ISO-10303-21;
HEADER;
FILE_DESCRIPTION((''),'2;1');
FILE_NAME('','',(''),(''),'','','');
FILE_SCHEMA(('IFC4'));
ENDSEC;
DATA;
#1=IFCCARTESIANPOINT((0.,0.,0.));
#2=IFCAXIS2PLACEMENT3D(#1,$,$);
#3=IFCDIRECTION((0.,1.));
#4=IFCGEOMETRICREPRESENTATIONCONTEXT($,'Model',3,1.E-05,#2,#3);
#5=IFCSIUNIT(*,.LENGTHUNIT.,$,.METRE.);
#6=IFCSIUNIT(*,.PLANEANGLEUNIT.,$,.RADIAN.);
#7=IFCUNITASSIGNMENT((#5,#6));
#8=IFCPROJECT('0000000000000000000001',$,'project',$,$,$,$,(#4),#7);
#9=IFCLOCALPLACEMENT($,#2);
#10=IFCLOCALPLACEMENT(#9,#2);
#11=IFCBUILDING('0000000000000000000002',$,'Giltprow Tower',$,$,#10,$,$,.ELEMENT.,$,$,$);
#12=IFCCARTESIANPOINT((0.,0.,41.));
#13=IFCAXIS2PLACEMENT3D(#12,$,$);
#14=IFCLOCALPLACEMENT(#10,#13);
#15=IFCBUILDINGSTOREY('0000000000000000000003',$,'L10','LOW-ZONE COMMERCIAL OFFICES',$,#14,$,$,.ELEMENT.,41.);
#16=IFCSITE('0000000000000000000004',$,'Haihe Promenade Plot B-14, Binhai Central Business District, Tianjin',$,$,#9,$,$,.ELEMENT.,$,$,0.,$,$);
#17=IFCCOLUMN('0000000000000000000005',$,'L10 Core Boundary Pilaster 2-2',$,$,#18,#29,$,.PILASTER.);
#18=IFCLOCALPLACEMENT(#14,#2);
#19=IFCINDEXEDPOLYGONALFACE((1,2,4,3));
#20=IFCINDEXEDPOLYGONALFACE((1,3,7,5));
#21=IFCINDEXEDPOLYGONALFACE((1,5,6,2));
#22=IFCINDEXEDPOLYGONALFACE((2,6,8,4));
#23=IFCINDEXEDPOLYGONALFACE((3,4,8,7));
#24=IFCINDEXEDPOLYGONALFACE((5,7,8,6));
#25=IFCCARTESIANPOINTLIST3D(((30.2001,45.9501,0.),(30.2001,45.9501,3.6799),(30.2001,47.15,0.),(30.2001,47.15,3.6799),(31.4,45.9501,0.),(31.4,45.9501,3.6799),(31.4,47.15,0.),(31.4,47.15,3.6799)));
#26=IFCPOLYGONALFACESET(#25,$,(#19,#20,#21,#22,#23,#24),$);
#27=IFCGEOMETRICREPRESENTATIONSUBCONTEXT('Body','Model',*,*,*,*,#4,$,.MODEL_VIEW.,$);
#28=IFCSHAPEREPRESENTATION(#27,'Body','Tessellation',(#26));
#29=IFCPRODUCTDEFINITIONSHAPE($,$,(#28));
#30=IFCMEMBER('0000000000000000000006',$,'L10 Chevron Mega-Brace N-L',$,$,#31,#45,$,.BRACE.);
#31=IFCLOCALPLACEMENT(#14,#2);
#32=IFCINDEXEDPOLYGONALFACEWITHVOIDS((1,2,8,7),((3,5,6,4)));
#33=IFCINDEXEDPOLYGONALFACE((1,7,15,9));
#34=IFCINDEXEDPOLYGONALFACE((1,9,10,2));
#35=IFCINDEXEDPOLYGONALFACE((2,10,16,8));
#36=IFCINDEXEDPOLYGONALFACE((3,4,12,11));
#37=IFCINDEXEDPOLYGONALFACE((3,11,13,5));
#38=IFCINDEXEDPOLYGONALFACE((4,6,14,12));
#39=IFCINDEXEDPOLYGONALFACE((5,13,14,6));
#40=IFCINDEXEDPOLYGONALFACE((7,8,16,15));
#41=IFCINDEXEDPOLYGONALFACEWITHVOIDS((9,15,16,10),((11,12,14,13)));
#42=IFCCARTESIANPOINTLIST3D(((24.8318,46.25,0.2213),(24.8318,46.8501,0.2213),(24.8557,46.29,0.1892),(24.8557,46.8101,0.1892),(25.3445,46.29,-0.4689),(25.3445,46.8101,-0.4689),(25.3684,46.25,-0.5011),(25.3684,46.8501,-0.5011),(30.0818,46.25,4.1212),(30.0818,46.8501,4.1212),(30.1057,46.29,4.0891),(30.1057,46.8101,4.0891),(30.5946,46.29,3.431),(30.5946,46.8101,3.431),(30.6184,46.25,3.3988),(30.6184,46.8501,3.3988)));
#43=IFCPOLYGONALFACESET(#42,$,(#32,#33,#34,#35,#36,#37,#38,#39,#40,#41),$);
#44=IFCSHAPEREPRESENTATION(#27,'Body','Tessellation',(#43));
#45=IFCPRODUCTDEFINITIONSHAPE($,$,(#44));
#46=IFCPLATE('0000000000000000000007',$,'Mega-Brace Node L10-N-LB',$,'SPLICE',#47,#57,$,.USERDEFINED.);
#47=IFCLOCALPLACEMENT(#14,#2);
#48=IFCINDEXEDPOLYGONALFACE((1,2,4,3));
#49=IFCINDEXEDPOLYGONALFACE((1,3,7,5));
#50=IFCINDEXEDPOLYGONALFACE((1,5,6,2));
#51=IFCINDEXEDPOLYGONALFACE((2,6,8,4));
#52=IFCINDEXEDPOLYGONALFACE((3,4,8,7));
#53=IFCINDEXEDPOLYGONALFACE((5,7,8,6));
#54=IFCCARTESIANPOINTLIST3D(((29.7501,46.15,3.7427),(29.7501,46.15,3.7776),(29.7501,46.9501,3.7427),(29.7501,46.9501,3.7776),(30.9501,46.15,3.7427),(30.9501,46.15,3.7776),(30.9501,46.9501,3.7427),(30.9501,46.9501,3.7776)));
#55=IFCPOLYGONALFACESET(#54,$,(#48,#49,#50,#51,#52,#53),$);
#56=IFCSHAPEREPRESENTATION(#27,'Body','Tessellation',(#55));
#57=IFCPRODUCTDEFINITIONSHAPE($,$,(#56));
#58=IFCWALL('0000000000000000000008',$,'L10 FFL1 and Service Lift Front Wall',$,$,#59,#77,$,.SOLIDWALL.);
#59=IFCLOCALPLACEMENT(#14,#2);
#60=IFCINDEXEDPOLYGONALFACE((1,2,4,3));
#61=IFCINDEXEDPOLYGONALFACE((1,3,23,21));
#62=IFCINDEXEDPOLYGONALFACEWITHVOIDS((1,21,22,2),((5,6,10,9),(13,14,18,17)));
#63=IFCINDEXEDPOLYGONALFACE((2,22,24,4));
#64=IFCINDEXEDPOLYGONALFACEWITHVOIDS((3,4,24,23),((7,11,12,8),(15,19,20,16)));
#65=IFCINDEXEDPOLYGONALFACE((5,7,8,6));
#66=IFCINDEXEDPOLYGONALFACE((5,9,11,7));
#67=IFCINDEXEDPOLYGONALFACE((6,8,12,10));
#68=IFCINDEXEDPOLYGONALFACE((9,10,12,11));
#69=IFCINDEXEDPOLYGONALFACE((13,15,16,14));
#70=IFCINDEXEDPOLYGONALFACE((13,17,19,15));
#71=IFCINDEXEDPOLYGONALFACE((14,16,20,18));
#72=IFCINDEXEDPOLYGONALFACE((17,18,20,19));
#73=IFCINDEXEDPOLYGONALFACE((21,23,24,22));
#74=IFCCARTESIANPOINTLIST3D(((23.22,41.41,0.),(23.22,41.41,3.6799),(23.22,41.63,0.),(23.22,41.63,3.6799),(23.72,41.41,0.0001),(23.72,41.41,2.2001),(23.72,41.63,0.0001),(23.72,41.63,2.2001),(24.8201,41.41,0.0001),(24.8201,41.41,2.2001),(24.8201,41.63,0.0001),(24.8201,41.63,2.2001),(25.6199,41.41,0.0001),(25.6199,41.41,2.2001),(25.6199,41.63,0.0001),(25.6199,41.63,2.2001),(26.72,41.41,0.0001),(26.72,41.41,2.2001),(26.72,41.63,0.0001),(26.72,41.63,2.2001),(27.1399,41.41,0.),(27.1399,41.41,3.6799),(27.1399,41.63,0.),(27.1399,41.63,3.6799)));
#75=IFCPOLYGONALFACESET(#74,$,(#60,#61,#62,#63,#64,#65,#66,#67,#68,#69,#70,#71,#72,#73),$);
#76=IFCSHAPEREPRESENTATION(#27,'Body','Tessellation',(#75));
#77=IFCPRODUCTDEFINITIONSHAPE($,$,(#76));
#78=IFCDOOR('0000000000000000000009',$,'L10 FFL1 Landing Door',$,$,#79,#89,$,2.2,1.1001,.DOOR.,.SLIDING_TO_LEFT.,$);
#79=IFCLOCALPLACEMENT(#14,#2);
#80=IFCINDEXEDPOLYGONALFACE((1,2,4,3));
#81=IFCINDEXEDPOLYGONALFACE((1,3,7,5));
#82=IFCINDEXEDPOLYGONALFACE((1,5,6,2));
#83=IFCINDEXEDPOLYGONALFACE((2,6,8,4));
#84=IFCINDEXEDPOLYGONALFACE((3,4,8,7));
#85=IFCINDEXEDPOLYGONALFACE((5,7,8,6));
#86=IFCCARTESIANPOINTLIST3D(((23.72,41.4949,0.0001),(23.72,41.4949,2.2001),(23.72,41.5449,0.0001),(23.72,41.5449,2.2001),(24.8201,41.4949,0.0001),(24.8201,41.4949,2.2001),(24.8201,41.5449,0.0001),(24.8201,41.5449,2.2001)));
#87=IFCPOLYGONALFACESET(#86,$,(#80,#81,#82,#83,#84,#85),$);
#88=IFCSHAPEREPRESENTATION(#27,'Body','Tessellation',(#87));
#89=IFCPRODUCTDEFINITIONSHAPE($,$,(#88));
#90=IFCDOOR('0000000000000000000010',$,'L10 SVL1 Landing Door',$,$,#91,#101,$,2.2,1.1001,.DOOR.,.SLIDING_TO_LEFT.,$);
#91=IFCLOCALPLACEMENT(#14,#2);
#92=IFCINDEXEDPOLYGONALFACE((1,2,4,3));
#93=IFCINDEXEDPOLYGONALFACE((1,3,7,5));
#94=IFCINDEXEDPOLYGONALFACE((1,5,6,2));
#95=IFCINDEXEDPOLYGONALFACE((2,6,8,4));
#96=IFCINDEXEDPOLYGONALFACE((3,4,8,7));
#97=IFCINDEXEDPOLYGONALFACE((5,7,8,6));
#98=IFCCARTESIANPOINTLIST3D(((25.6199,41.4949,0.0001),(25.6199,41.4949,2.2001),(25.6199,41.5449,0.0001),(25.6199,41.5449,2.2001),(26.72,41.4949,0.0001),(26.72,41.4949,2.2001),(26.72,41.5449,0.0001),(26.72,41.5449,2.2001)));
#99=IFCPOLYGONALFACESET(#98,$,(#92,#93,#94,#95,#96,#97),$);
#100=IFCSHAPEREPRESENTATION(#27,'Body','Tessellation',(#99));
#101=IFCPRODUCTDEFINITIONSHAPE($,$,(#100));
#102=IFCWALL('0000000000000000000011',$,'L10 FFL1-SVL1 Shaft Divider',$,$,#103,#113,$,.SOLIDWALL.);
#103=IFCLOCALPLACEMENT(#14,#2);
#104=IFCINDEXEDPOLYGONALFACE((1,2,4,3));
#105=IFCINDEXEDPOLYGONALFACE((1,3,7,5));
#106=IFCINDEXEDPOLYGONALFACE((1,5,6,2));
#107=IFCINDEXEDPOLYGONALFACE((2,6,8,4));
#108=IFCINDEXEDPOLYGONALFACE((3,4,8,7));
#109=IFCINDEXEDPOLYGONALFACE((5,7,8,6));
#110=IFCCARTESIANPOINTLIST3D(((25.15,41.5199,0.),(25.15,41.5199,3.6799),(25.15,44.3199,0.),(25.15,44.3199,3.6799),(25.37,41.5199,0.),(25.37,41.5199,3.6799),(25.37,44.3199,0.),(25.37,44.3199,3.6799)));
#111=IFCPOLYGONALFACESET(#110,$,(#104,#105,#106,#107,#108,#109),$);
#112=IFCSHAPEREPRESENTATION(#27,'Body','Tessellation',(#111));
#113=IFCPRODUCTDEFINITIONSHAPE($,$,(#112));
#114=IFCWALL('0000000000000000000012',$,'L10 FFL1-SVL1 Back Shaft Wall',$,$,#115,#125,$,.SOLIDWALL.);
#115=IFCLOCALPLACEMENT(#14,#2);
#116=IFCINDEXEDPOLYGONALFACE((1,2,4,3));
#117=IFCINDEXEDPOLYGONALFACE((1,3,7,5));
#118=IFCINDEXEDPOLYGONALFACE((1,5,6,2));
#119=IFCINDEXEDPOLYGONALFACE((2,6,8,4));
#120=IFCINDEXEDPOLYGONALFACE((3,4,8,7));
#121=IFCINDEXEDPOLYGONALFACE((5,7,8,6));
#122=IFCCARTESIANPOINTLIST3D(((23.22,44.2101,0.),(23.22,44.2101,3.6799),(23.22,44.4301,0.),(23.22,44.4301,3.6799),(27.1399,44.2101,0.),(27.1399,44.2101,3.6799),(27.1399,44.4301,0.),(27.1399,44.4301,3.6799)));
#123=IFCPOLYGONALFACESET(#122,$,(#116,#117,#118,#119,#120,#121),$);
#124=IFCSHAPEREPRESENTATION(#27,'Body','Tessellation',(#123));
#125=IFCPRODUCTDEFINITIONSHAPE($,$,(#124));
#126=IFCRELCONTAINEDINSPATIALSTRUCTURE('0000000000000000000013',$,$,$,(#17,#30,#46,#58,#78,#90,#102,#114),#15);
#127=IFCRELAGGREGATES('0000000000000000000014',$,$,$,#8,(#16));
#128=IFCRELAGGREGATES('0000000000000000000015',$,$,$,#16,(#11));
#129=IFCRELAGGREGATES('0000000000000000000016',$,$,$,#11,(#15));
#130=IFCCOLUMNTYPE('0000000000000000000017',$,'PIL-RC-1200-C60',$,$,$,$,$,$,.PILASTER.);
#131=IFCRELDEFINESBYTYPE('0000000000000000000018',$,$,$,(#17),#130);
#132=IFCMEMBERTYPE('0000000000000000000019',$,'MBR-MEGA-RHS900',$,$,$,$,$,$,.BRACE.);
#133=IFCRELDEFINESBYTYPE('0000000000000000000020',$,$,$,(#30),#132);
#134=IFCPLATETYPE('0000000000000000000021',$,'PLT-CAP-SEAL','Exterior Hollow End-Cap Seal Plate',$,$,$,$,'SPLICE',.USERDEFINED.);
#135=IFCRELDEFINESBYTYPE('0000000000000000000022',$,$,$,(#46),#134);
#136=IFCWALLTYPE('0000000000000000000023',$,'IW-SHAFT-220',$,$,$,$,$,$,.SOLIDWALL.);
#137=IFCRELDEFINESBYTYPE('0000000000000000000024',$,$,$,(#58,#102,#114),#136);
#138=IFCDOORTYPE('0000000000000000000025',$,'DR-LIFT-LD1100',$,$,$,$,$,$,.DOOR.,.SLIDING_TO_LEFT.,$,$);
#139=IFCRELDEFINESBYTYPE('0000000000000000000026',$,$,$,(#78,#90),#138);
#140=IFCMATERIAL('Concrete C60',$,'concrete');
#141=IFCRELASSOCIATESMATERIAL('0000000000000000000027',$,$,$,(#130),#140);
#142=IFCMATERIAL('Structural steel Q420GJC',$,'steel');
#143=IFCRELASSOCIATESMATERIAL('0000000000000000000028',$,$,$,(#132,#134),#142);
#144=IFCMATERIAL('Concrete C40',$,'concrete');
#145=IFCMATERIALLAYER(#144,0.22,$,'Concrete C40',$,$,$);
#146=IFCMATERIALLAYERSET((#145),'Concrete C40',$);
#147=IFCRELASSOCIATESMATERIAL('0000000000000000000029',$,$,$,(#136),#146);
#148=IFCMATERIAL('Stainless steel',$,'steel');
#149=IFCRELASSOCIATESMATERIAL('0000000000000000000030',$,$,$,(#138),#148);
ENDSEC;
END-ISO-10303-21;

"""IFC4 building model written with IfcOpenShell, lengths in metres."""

from ifc_helpers import new_model, si_unit, direction, frame, frame_2d, origin, origin_2d, place, context, subcontext, project, spatial, rectangle, hollow_rectangle, extrude, source, transform, mapped, material, layer, layer_set, material_profile, profile_set, type_object, element, fill, save


model = new_model("IFC4")

# Units and contexts
model_context = context("Model", 3, precision=1e-05, world=origin(), true_north=direction((0.0, 1.0)))
body_context = subcontext(model_context, "Body", "Model", "MODEL_VIEW")
ifc_project = project(units=[si_unit("LENGTHUNIT", "METRE"), si_unit("PLANEANGLEUNIT", "RADIAN")], contexts=[model_context])

# Site, building, storey
site_placement = place(None, origin())
site = spatial("IfcSite", under=ifc_project, at=site_placement, Name="Haihe Promenade Plot B-14, Binhai Central Business District, Tianjin", CompositionType="ELEMENT", RefElevation=0.0)
building_placement = place(site_placement, origin())
building = spatial("IfcBuilding", under=site, at=building_placement, Name="Giltprow Tower", CompositionType="ELEMENT")
storey_placement = place(building_placement, frame((0.0, 0.0, 41.0)))
storey = spatial("IfcBuildingStorey", under=building, at=storey_placement, Name="L10", Description="LOW-ZONE COMMERCIAL OFFICES", CompositionType="ELEMENT", Elevation=41.0)

# Column
ifc_material_1 = material(Name="Concrete C60", Category="concrete")
ifc_material_profile_1 = material_profile(ifc_material_1, rectangle(XDim=1.2, YDim=1.2, at=origin_2d()), Name="RC 1200x1200")
ifc_profile_set_1 = profile_set([ifc_material_profile_1], Name="Concrete C60")
column_type = type_object("IfcColumnType", Name="PIL-RC-1200-C60", PredefinedType="PILASTER", material=ifc_profile_set_1)
shared_shape_1 = source(origin(), body_context, "Body", "SweptSolid", [
    extrude(rectangle(XDim=1.2, YDim=1.2, at=origin_2d()), origin(), (0.0, 0.0, 1.0), 3.6799),
])
column_placement = place(storey_placement, frame((30.8, 46.55, 0.0), z_axis=(0.0, 0.0, 1.0), x_axis=(1.0, 0.0, 0.0)))
element("IfcColumn", 1, at=column_placement, inside=storey, type_object=column_type, Name="L10 Core Boundary Pilaster 2-2", PredefinedType="PILASTER", context=body_context, shape_type="MappedRepresentation", body=[
    mapped(shared_shape_1, transform((0.0, 0.0, 0.0), x_axis=(1.0, 0.0, 0.0), y_axis=(0.0, 1.0, 0.0), z_axis=(0.0, 0.0, 1.0), scale=1.0)),
])

# Member
ifc_material_2 = material(Name="Structural steel Q420GJC", Category="steel")
ifc_material_profile_2 = material_profile(ifc_material_2, hollow_rectangle(XDim=0.6001, YDim=0.8999, WallThickness=0.04, at=origin_2d()), Name="RHS 900x600x40")
ifc_profile_set_2 = profile_set([ifc_material_profile_2], Name="Structural steel Q420GJC")
member_type = type_object("IfcMemberType", Name="MBR-MEGA-RHS900", PredefinedType="BRACE", material=ifc_profile_set_2)
shared_shape_2 = source(origin(), body_context, "Body", "SweptSolid", [
    extrude(hollow_rectangle(XDim=0.6001, YDim=0.8999, WallThickness=0.04, at=origin_2d()), origin(), (0.0, 0.0, 1.0), 6.54),
])
member_placement = place(storey_placement, frame((25.1001, 46.55, -0.1399), z_axis=(0.802751, 0.0, 0.596314), x_axis=(0.0, 1.0, 0.0)))
element("IfcMember", 2, at=member_placement, inside=storey, type_object=member_type, Name="L10 Chevron Mega-Brace N-L", PredefinedType="BRACE", context=body_context, shape_type="MappedRepresentation", body=[
    mapped(shared_shape_2, transform((0.0, 0.0, 0.0), x_axis=(1.0, 0.0, 0.0), y_axis=(0.0, 1.0, 0.0), z_axis=(0.0, 0.0, 1.0), scale=1.0)),
])

# Plate
plate_type = type_object("IfcPlateType", Name="PLT-CAP-SEAL", Description="Exterior Hollow End-Cap Seal Plate", ElementType="SPLICE", PredefinedType="USERDEFINED", material=ifc_material_2)
shared_shape_3 = source(origin(), body_context, "Body", "SweptSolid", [
    extrude(rectangle(XDim=1.2, YDim=0.8, at=origin_2d()), origin(), (0.0, 0.0, 1.0), 0.0349),
])
plate_placement = place(storey_placement, frame((30.3501, 46.55, 3.7427), z_axis=(0.0, 0.0, 1.0), x_axis=(1.0, 0.0, 0.0)))
element("IfcPlate", 3, at=plate_placement, inside=storey, type_object=plate_type, Name="Mega-Brace Node L10-N-LB", ObjectType="SPLICE", PredefinedType="USERDEFINED", context=body_context, shape_type="MappedRepresentation", body=[
    mapped(shared_shape_3, transform((0.0, 0.0, 0.0), x_axis=(1.0, 0.0, 0.0), y_axis=(0.0, 1.0, 0.0), z_axis=(0.0, 0.0, 1.0), scale=1.0)),
])

# Wall, openings, doors
ifc_material_3 = material(Name="Concrete C40", Category="concrete")
ifc_layer_1 = layer(ifc_material_3, 0.22, Name="Concrete C40")
ifc_layer_set_1 = layer_set([ifc_layer_1], Name="Concrete C40")
wall_type_1 = type_object("IfcWallType", Name="IW-SHAFT-220", PredefinedType="SOLIDWALL", material=ifc_layer_set_1)
wall_1_placement = place(storey_placement, frame((23.22, 41.52, 0.0), z_axis=(0.0, 0.0, 1.0), x_axis=(1.0, 0.0, 0.0)))
wall_1 = element("IfcWall", 4, at=wall_1_placement, inside=storey, type_object=wall_type_1, Name="L10 FFL1 and Service Lift Front Wall", PredefinedType="SOLIDWALL", context=body_context, shape_type="SweptSolid", body=[
    extrude(rectangle(XDim=3.9199, YDim=0.22, at=frame_2d((1.96, 0.0))), origin(), (0.0, 0.0, 1.0), 3.6799),
])
opening_1_placement = place(wall_1_placement, frame((0.5, 0.0, 0.0)))
opening_1 = element("IfcOpeningElement", 5, at=opening_1_placement, cuts=wall_1, PredefinedType="OPENING", context=body_context, shape_type="SweptSolid", body=[
    extrude(rectangle(XDim=1.1001, YDim=2.2, at=frame_2d((0.55, 1.1001))), frame((0.0, 0.1199, 0.0), z_axis=(0.0, -1.0, 0.0), x_axis=(1.0, 0.0, 0.0)), (0.0, 0.0, 1.0), 0.24),
])
opening_2_placement = place(wall_1_placement, frame((2.3999, 0.0, 0.0)))
opening_2 = element("IfcOpeningElement", 6, at=opening_2_placement, cuts=wall_1, PredefinedType="OPENING", context=body_context, shape_type="SweptSolid", body=[
    extrude(rectangle(XDim=1.1001, YDim=2.2, at=frame_2d((0.55, 1.1001))), frame((0.0, 0.1199, 0.0), z_axis=(0.0, -1.0, 0.0), x_axis=(1.0, 0.0, 0.0)), (0.0, 0.0, 1.0), 0.24),
])
ifc_material_4 = material(Name="Stainless steel", Category="steel")
door_type = type_object("IfcDoorType", Name="DR-LIFT-LD1100", OperationType="SLIDING_TO_LEFT", PredefinedType="DOOR", material=ifc_material_4)
shared_shape_4 = source(origin(), body_context, "Body", "SweptSolid", [
    extrude(rectangle(XDim=1.1001, YDim=2.2, at=frame_2d((0.55, 1.1001))), frame((0.0, 0.0249, 0.0), z_axis=(0.0, -1.0, 0.0), x_axis=(1.0, 0.0, 0.0)), (0.0, 0.0, 1.0), 0.05),
])
door_1_placement = place(opening_1_placement, origin())
door_1 = element("IfcDoor", 7, at=door_1_placement, inside=storey, type_object=door_type, Name="L10 FFL1 Landing Door", OperationType="SLIDING_TO_LEFT", OverallHeight=2.2, OverallWidth=1.1001, PredefinedType="DOOR", context=body_context, shape_type="MappedRepresentation", body=[
    mapped(shared_shape_4, transform((0.0, 0.0, 0.0), x_axis=(1.0, 0.0, 0.0), y_axis=(0.0, 1.0, 0.0), z_axis=(0.0, 0.0, 1.0), scale=1.0)),
])
fill(opening_1, door_1)
door_2_placement = place(opening_2_placement, origin())
door_2 = element("IfcDoor", 8, at=door_2_placement, inside=storey, type_object=door_type, Name="L10 SVL1 Landing Door", OperationType="SLIDING_TO_LEFT", OverallHeight=2.2, OverallWidth=1.1001, PredefinedType="DOOR", context=body_context, shape_type="MappedRepresentation", body=[
    mapped(shared_shape_4, transform((0.0, 0.0, 0.0), x_axis=(1.0, 0.0, 0.0), y_axis=(0.0, 1.0, 0.0), z_axis=(0.0, 0.0, 1.0), scale=1.0)),
])
fill(opening_2, door_2)

# Walls
wall_2_placement = place(storey_placement, frame((25.26, 41.52, 0.0), z_axis=(0.0, 0.0, 1.0), x_axis=(0.0, 1.0, 0.0)))
element("IfcWall", 9, at=wall_2_placement, inside=storey, type_object=wall_type_1, Name="L10 FFL1-SVL1 Shaft Divider", PredefinedType="SOLIDWALL", context=body_context, shape_type="SweptSolid", body=[
    extrude(rectangle(XDim=2.8, YDim=0.22, at=frame_2d((1.3999, 0.0))), origin(), (0.0, 0.0, 1.0), 3.6799),
])
wall_3_placement = place(storey_placement, frame((23.22, 44.3201, 0.0), z_axis=(0.0, 0.0, 1.0), x_axis=(1.0, 0.0, 0.0)))
element("IfcWall", 10, at=wall_3_placement, inside=storey, type_object=wall_type_1, Name="L10 FFL1-SVL1 Back Shaft Wall", PredefinedType="SOLIDWALL", context=body_context, shape_type="SweptSolid", body=[
    extrude(rectangle(XDim=3.9199, YDim=0.22, at=frame_2d((1.96, 0.0))), origin(), (0.0, 0.0, 1.0), 3.6799),
])

save(model, "model.ifc")
